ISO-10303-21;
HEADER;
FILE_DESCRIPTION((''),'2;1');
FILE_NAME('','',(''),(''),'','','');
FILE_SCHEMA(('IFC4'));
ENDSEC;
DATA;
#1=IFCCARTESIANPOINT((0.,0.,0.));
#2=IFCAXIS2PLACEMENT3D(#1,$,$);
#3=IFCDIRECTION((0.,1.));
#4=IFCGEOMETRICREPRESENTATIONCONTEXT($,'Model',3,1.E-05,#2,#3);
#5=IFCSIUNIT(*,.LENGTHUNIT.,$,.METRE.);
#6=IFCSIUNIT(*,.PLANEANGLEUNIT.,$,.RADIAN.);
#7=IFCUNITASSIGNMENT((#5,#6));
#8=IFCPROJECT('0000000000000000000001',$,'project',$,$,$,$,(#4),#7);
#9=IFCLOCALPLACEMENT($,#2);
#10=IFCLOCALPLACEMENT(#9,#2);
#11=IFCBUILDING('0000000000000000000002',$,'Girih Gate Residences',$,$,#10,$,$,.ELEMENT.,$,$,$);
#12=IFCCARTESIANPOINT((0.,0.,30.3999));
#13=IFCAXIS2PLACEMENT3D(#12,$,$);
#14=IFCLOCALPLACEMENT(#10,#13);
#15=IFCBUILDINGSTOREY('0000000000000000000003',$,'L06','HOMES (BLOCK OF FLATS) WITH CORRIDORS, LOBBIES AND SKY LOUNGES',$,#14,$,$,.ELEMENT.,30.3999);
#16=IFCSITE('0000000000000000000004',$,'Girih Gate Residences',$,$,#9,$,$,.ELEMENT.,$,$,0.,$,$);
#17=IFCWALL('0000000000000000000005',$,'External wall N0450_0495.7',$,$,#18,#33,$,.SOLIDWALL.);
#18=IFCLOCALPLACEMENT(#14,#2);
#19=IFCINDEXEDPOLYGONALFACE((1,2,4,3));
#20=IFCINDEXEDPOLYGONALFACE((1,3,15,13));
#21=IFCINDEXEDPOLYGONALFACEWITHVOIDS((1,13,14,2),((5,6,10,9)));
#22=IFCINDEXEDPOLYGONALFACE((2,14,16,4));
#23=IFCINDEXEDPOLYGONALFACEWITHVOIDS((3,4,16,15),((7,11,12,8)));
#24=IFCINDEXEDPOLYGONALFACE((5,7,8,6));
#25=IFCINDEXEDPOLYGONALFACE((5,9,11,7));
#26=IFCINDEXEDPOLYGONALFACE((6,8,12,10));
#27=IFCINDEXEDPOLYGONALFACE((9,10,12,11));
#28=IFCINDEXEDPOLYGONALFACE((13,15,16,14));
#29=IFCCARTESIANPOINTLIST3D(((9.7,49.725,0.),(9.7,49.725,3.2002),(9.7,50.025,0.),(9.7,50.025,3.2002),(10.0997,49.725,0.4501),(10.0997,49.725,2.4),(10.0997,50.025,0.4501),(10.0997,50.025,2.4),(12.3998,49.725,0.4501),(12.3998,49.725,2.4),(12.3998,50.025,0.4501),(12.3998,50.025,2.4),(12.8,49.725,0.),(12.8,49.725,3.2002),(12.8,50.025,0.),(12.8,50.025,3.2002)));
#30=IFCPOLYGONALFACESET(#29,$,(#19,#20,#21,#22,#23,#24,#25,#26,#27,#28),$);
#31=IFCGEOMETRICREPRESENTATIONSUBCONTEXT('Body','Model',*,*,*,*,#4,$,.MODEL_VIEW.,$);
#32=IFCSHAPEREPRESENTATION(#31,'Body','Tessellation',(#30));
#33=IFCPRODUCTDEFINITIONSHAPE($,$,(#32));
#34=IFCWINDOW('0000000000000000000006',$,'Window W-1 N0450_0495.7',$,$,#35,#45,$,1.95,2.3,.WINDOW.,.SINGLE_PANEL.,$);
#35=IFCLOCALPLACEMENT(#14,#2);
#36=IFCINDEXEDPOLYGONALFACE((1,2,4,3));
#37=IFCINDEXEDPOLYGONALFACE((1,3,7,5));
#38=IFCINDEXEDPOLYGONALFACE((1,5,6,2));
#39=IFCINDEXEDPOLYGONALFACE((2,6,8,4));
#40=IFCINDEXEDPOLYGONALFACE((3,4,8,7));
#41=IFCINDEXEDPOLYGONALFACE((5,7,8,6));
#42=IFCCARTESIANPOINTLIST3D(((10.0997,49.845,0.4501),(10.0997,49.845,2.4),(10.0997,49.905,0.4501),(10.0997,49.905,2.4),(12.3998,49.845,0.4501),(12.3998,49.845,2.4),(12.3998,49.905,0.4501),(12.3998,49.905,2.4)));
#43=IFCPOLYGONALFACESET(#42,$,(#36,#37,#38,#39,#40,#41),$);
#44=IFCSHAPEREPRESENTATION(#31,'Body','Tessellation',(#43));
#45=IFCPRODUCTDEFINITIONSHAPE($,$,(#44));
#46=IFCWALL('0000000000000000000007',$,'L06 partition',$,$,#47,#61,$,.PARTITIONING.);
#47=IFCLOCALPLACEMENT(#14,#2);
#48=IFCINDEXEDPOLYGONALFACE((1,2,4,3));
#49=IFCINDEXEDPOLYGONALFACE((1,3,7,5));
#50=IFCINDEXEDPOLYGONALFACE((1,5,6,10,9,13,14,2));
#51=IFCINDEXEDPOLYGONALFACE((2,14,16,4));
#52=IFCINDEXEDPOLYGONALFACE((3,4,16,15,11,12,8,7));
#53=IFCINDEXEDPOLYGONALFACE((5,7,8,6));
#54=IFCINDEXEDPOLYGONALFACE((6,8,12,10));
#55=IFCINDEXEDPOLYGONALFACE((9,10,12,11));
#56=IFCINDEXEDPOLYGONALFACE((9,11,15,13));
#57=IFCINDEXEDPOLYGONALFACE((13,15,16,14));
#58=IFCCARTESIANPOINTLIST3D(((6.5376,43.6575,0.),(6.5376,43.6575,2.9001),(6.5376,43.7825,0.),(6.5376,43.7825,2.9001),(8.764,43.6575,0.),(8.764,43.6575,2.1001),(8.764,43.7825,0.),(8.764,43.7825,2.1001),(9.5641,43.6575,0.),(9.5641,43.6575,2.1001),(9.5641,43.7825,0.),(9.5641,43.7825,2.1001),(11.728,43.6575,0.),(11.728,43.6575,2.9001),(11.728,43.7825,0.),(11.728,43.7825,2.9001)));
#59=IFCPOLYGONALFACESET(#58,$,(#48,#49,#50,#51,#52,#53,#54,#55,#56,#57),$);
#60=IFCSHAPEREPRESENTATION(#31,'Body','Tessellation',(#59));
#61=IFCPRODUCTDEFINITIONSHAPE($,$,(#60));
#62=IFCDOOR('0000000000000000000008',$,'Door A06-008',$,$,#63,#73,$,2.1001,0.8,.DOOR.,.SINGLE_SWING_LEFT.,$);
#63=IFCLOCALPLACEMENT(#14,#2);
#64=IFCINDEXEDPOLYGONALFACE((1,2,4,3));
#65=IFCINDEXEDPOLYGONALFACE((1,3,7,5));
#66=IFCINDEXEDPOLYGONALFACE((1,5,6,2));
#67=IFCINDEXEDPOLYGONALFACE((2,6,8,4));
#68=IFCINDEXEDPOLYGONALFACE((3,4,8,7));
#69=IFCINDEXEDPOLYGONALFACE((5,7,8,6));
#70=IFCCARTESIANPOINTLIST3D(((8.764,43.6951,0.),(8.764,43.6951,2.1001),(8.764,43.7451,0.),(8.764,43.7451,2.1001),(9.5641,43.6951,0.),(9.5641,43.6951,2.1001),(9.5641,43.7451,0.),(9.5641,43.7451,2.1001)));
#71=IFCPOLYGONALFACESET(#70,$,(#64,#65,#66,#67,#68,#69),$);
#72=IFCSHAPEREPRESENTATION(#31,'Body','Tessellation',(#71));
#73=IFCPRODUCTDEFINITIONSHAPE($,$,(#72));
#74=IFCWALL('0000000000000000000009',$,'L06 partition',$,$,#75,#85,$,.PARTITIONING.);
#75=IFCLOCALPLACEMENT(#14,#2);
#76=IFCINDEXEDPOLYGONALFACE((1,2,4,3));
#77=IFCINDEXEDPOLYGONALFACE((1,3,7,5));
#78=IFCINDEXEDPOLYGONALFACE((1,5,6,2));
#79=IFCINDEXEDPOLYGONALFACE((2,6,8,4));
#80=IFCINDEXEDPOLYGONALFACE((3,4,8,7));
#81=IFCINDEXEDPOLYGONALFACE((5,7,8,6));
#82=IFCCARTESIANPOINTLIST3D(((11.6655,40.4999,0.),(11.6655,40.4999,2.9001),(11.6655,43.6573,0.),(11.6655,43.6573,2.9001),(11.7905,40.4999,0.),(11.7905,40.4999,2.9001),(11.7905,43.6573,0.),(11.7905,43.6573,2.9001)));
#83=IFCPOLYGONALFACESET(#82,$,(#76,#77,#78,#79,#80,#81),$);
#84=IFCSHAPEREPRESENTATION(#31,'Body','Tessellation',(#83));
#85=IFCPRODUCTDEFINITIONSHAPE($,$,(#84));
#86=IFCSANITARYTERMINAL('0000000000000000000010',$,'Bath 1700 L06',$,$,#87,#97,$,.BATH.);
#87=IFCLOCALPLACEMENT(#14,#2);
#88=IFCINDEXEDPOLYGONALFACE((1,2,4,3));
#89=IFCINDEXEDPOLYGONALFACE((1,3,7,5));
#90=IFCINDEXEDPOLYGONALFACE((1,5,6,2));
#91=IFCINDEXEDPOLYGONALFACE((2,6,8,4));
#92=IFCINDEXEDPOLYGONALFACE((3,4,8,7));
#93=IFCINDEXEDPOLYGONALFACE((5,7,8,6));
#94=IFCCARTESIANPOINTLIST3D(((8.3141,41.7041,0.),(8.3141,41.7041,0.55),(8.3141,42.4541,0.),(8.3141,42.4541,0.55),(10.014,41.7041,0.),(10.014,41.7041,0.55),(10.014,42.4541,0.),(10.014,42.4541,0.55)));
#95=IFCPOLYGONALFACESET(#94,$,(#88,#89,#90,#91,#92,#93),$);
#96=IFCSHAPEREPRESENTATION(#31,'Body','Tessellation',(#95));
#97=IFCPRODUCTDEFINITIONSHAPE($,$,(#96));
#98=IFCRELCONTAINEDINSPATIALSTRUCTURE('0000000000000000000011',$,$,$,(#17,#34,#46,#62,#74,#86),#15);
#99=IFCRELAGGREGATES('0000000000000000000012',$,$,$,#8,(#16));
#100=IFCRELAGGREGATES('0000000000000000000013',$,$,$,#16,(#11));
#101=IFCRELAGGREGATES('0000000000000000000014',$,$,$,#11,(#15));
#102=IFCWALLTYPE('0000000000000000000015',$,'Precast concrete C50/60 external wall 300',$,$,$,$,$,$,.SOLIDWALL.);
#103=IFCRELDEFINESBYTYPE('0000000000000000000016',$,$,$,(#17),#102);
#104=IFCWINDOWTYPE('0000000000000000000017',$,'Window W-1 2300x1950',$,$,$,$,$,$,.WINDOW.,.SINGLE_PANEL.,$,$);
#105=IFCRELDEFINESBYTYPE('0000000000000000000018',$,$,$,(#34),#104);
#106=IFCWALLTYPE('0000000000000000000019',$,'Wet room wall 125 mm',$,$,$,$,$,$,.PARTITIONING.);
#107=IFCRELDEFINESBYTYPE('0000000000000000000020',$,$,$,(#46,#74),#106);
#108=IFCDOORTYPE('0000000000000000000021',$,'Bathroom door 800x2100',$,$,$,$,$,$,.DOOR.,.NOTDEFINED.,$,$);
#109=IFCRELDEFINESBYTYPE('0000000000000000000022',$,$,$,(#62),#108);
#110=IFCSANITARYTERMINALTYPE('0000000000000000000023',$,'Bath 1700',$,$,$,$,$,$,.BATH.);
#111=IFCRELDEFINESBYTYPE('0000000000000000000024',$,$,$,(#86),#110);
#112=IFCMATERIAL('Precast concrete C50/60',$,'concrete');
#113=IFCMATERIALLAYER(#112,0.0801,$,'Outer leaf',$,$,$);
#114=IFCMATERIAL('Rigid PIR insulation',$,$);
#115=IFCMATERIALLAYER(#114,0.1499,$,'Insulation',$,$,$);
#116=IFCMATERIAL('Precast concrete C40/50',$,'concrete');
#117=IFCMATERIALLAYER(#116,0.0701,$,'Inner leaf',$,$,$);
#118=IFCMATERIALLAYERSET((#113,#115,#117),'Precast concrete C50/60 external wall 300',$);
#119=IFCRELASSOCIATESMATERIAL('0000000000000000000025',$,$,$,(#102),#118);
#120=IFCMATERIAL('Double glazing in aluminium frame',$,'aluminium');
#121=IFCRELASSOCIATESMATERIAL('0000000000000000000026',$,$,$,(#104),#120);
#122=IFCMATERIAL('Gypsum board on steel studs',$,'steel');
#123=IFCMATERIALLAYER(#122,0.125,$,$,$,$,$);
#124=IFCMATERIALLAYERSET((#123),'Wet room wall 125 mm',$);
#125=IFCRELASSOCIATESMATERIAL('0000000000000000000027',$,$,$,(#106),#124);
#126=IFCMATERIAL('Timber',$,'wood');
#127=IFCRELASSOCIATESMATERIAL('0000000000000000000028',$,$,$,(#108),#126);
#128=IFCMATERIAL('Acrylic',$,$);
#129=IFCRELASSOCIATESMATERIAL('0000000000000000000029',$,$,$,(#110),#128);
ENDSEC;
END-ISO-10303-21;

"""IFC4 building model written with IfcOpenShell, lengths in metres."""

from ifc_helpers import new_model, si_unit, direction, frame, frame_2d, origin, origin_2d, place, context, subcontext, project, spatial, rectangle, extrude, material, layer, layer_set, type_object, element, fill, save


model = new_model("IFC4")

# Units and contexts
model_context = context("Model", 3, precision=1e-05, world=origin(), true_north=direction((0.0, 1.0)))
body_context = subcontext(model_context, "Body", "Model", "MODEL_VIEW")
ifc_project = project(units=[si_unit("LENGTHUNIT", "METRE"), si_unit("PLANEANGLEUNIT", "RADIAN")], contexts=[model_context])

# Site, building, storey
site_placement = place(None, origin())
site = spatial("IfcSite", under=ifc_project, at=site_placement, Name="Girih Gate Residences", CompositionType="ELEMENT", RefElevation=0.0)
building_placement = place(site_placement, origin())
building = spatial("IfcBuilding", under=site, at=building_placement, Name="Girih Gate Residences", CompositionType="ELEMENT")
storey_placement = place(building_placement, frame((0.0, 0.0, 30.3999)))
storey = spatial("IfcBuildingStorey", under=building, at=storey_placement, Name="L06", Description="HOMES (BLOCK OF FLATS) WITH CORRIDORS, LOBBIES AND SKY LOUNGES", CompositionType="ELEMENT", Elevation=30.3999)

# Shared definitions
ifc_material_1 = material(Name="Gypsum board on steel studs", Category="steel")

# Shared definitions
ifc_material_2 = material(Name="Timber", Category="wood")

# Wall, opening, window
ifc_material_3 = material(Name="Precast concrete C50/60", Category="concrete")
ifc_layer_1 = layer(ifc_material_3, 0.0801, Name="Outer leaf")
ifc_material_4 = material(Name="Rigid PIR insulation")
ifc_layer_2 = layer(ifc_material_4, 0.1499, Name="Insulation")
ifc_material_5 = material(Name="Precast concrete C40/50", Category="concrete")
ifc_layer_3 = layer(ifc_material_5, 0.0701, Name="Inner leaf")
ifc_layer_set_1 = layer_set([ifc_layer_1, ifc_layer_2, ifc_layer_3], Name="Precast concrete C50/60 external wall 300")
wall_type_1 = type_object("IfcWallType", Name="Precast concrete C50/60 external wall 300", PredefinedType="SOLIDWALL", material=ifc_layer_set_1)
ifc_material_6 = material(Name="Double glazing in aluminium frame", Category="aluminium")
window_type = type_object("IfcWindowType", Name="Window W-1 2300x1950", PartitioningType="SINGLE_PANEL", PredefinedType="WINDOW", material=ifc_material_6)
wall_1_placement = place(storey_placement, frame((9.7, 49.875, 0.0), z_axis=(0.0, 0.0, 1.0), x_axis=(1.0, 0.0, 0.0)))
wall_1 = element("IfcWall", 1, at=wall_1_placement, inside=storey, type_object=wall_type_1, Name="External wall N0450_0495.7", PredefinedType="SOLIDWALL", context=body_context, shape_type="SweptSolid", body=[
    extrude(rectangle(XDim=3.1001, YDim=0.3, at=frame_2d((1.55, 0.0))), origin(), (0.0, 0.0, 1.0), 3.2002),
])
opening_1_placement = place(wall_1_placement, frame((0.3999, 0.0, 0.45)))
opening_1 = element("IfcOpeningElement", 2, at=opening_1_placement, cuts=wall_1, PredefinedType="OPENING", context=body_context, shape_type="SweptSolid", body=[
    extrude(rectangle(XDim=2.3, YDim=1.95, at=frame_2d((1.1499, 0.9751))), frame((0.0, 0.1599, 0.0), z_axis=(0.0, -1.0, 0.0), x_axis=(1.0, 0.0, 0.0)), (0.0, 0.0, 1.0), 0.3201),
])
window_1_placement = place(opening_1_placement, origin())
window_1 = element("IfcWindow", 3, at=window_1_placement, inside=storey, type_object=window_type, Name="Window W-1 N0450_0495.7", OverallHeight=1.95, OverallWidth=2.3, PartitioningType="SINGLE_PANEL", PredefinedType="WINDOW", context=body_context, shape_type="SweptSolid", body=[
    extrude(rectangle(XDim=2.3, YDim=1.95, at=frame_2d((1.1499, 0.9751))), frame((0.0, 0.03, 0.0), z_axis=(0.0, -1.0, 0.0), x_axis=(1.0, 0.0, 0.0)), (0.0, 0.0, 1.0), 0.0601),
])
fill(opening_1, window_1)

# Wall, opening, door
ifc_layer_4 = layer(ifc_material_1, 0.125)
ifc_layer_set_2 = layer_set([ifc_layer_4], Name="Wet room wall 125 mm")
wall_type_2 = type_object("IfcWallType", Name="Wet room wall 125 mm", PredefinedType="PARTITIONING", material=ifc_layer_set_2)
wall_2_placement = place(storey_placement, frame((11.728, 43.72, 0.0), z_axis=(0.0, 0.0, 1.0), x_axis=(-1.0, 0.0, 0.0)))
wall_2 = element("IfcWall", 4, at=wall_2_placement, inside=storey, type_object=wall_type_2, Name="L06 partition", PredefinedType="PARTITIONING", context=body_context, shape_type="SweptSolid", body=[
    extrude(rectangle(XDim=5.1904, YDim=0.125, at=frame_2d((2.5952, 0.0))), origin(), (0.0, 0.0, 1.0), 2.9001),
])
opening_2_placement = place(wall_2_placement, frame((2.1641, 0.0, 0.0)))
opening_2 = element("IfcOpeningElement", 5, at=opening_2_placement, cuts=wall_2, PredefinedType="OPENING", context=body_context, shape_type="SweptSolid", body=[
    extrude(rectangle(XDim=0.8, YDim=2.1001, at=frame_2d((0.3999, 1.05))), frame((0.0, 0.0725, 0.0), z_axis=(0.0, -1.0, 0.0), x_axis=(1.0, 0.0, 0.0)), (0.0, 0.0, 1.0), 0.145),
])
door_type_1 = type_object("IfcDoorType", Name="Bathroom door 800x2100", OperationType="NOTDEFINED", PredefinedType="DOOR", material=ifc_material_2)
door_1_placement = place(opening_2_placement, origin())
door_1 = element("IfcDoor", 6, at=door_1_placement, inside=storey, type_object=door_type_1, Name="Door A06-008", OperationType="SINGLE_SWING_LEFT", OverallHeight=2.1001, OverallWidth=0.8, PredefinedType="DOOR", context=body_context, shape_type="SweptSolid", body=[
    extrude(rectangle(XDim=0.8, YDim=2.1001, at=frame_2d((0.3999, 1.05))), frame((0.0, 0.0249, 0.0), z_axis=(0.0, -1.0, 0.0), x_axis=(1.0, 0.0, 0.0)), (0.0, 0.0, 1.0), 0.05),
])
fill(opening_2, door_1)

# Wall
wall_3_placement = place(storey_placement, frame((11.728, 40.5, 0.0), z_axis=(0.0, 0.0, 1.0), x_axis=(0.0, 1.0, 0.0)))
element("IfcWall", 7, at=wall_3_placement, inside=storey, type_object=wall_type_2, Name="L06 partition", PredefinedType="PARTITIONING", context=body_context, shape_type="SweptSolid", body=[
    extrude(rectangle(XDim=3.1575, YDim=0.125, at=frame_2d((1.5786, 0.0))), origin(), (0.0, 0.0, 1.0), 2.9001),
])

# Sanitary terminal
ifc_material_7 = material(Name="Acrylic")
sanitary_terminal_type = type_object("IfcSanitaryTerminalType", Name="Bath 1700", PredefinedType="BATH", material=ifc_material_7)
sanitary_terminal_placement = place(storey_placement, frame((9.1641, 42.0791, 0.0), z_axis=(0.0, 0.0, 1.0), x_axis=(1.0, 0.0, 0.0)))
element("IfcSanitaryTerminal", 8, at=sanitary_terminal_placement, inside=storey, type_object=sanitary_terminal_type, Name="Bath 1700 L06", PredefinedType="BATH", context=body_context, shape_type="SweptSolid", body=[
    extrude(rectangle(XDim=1.7, YDim=0.75, at=origin_2d()), origin(), (0.0, 0.0, 1.0), 0.55),
])

save(model, "model.ifc")
